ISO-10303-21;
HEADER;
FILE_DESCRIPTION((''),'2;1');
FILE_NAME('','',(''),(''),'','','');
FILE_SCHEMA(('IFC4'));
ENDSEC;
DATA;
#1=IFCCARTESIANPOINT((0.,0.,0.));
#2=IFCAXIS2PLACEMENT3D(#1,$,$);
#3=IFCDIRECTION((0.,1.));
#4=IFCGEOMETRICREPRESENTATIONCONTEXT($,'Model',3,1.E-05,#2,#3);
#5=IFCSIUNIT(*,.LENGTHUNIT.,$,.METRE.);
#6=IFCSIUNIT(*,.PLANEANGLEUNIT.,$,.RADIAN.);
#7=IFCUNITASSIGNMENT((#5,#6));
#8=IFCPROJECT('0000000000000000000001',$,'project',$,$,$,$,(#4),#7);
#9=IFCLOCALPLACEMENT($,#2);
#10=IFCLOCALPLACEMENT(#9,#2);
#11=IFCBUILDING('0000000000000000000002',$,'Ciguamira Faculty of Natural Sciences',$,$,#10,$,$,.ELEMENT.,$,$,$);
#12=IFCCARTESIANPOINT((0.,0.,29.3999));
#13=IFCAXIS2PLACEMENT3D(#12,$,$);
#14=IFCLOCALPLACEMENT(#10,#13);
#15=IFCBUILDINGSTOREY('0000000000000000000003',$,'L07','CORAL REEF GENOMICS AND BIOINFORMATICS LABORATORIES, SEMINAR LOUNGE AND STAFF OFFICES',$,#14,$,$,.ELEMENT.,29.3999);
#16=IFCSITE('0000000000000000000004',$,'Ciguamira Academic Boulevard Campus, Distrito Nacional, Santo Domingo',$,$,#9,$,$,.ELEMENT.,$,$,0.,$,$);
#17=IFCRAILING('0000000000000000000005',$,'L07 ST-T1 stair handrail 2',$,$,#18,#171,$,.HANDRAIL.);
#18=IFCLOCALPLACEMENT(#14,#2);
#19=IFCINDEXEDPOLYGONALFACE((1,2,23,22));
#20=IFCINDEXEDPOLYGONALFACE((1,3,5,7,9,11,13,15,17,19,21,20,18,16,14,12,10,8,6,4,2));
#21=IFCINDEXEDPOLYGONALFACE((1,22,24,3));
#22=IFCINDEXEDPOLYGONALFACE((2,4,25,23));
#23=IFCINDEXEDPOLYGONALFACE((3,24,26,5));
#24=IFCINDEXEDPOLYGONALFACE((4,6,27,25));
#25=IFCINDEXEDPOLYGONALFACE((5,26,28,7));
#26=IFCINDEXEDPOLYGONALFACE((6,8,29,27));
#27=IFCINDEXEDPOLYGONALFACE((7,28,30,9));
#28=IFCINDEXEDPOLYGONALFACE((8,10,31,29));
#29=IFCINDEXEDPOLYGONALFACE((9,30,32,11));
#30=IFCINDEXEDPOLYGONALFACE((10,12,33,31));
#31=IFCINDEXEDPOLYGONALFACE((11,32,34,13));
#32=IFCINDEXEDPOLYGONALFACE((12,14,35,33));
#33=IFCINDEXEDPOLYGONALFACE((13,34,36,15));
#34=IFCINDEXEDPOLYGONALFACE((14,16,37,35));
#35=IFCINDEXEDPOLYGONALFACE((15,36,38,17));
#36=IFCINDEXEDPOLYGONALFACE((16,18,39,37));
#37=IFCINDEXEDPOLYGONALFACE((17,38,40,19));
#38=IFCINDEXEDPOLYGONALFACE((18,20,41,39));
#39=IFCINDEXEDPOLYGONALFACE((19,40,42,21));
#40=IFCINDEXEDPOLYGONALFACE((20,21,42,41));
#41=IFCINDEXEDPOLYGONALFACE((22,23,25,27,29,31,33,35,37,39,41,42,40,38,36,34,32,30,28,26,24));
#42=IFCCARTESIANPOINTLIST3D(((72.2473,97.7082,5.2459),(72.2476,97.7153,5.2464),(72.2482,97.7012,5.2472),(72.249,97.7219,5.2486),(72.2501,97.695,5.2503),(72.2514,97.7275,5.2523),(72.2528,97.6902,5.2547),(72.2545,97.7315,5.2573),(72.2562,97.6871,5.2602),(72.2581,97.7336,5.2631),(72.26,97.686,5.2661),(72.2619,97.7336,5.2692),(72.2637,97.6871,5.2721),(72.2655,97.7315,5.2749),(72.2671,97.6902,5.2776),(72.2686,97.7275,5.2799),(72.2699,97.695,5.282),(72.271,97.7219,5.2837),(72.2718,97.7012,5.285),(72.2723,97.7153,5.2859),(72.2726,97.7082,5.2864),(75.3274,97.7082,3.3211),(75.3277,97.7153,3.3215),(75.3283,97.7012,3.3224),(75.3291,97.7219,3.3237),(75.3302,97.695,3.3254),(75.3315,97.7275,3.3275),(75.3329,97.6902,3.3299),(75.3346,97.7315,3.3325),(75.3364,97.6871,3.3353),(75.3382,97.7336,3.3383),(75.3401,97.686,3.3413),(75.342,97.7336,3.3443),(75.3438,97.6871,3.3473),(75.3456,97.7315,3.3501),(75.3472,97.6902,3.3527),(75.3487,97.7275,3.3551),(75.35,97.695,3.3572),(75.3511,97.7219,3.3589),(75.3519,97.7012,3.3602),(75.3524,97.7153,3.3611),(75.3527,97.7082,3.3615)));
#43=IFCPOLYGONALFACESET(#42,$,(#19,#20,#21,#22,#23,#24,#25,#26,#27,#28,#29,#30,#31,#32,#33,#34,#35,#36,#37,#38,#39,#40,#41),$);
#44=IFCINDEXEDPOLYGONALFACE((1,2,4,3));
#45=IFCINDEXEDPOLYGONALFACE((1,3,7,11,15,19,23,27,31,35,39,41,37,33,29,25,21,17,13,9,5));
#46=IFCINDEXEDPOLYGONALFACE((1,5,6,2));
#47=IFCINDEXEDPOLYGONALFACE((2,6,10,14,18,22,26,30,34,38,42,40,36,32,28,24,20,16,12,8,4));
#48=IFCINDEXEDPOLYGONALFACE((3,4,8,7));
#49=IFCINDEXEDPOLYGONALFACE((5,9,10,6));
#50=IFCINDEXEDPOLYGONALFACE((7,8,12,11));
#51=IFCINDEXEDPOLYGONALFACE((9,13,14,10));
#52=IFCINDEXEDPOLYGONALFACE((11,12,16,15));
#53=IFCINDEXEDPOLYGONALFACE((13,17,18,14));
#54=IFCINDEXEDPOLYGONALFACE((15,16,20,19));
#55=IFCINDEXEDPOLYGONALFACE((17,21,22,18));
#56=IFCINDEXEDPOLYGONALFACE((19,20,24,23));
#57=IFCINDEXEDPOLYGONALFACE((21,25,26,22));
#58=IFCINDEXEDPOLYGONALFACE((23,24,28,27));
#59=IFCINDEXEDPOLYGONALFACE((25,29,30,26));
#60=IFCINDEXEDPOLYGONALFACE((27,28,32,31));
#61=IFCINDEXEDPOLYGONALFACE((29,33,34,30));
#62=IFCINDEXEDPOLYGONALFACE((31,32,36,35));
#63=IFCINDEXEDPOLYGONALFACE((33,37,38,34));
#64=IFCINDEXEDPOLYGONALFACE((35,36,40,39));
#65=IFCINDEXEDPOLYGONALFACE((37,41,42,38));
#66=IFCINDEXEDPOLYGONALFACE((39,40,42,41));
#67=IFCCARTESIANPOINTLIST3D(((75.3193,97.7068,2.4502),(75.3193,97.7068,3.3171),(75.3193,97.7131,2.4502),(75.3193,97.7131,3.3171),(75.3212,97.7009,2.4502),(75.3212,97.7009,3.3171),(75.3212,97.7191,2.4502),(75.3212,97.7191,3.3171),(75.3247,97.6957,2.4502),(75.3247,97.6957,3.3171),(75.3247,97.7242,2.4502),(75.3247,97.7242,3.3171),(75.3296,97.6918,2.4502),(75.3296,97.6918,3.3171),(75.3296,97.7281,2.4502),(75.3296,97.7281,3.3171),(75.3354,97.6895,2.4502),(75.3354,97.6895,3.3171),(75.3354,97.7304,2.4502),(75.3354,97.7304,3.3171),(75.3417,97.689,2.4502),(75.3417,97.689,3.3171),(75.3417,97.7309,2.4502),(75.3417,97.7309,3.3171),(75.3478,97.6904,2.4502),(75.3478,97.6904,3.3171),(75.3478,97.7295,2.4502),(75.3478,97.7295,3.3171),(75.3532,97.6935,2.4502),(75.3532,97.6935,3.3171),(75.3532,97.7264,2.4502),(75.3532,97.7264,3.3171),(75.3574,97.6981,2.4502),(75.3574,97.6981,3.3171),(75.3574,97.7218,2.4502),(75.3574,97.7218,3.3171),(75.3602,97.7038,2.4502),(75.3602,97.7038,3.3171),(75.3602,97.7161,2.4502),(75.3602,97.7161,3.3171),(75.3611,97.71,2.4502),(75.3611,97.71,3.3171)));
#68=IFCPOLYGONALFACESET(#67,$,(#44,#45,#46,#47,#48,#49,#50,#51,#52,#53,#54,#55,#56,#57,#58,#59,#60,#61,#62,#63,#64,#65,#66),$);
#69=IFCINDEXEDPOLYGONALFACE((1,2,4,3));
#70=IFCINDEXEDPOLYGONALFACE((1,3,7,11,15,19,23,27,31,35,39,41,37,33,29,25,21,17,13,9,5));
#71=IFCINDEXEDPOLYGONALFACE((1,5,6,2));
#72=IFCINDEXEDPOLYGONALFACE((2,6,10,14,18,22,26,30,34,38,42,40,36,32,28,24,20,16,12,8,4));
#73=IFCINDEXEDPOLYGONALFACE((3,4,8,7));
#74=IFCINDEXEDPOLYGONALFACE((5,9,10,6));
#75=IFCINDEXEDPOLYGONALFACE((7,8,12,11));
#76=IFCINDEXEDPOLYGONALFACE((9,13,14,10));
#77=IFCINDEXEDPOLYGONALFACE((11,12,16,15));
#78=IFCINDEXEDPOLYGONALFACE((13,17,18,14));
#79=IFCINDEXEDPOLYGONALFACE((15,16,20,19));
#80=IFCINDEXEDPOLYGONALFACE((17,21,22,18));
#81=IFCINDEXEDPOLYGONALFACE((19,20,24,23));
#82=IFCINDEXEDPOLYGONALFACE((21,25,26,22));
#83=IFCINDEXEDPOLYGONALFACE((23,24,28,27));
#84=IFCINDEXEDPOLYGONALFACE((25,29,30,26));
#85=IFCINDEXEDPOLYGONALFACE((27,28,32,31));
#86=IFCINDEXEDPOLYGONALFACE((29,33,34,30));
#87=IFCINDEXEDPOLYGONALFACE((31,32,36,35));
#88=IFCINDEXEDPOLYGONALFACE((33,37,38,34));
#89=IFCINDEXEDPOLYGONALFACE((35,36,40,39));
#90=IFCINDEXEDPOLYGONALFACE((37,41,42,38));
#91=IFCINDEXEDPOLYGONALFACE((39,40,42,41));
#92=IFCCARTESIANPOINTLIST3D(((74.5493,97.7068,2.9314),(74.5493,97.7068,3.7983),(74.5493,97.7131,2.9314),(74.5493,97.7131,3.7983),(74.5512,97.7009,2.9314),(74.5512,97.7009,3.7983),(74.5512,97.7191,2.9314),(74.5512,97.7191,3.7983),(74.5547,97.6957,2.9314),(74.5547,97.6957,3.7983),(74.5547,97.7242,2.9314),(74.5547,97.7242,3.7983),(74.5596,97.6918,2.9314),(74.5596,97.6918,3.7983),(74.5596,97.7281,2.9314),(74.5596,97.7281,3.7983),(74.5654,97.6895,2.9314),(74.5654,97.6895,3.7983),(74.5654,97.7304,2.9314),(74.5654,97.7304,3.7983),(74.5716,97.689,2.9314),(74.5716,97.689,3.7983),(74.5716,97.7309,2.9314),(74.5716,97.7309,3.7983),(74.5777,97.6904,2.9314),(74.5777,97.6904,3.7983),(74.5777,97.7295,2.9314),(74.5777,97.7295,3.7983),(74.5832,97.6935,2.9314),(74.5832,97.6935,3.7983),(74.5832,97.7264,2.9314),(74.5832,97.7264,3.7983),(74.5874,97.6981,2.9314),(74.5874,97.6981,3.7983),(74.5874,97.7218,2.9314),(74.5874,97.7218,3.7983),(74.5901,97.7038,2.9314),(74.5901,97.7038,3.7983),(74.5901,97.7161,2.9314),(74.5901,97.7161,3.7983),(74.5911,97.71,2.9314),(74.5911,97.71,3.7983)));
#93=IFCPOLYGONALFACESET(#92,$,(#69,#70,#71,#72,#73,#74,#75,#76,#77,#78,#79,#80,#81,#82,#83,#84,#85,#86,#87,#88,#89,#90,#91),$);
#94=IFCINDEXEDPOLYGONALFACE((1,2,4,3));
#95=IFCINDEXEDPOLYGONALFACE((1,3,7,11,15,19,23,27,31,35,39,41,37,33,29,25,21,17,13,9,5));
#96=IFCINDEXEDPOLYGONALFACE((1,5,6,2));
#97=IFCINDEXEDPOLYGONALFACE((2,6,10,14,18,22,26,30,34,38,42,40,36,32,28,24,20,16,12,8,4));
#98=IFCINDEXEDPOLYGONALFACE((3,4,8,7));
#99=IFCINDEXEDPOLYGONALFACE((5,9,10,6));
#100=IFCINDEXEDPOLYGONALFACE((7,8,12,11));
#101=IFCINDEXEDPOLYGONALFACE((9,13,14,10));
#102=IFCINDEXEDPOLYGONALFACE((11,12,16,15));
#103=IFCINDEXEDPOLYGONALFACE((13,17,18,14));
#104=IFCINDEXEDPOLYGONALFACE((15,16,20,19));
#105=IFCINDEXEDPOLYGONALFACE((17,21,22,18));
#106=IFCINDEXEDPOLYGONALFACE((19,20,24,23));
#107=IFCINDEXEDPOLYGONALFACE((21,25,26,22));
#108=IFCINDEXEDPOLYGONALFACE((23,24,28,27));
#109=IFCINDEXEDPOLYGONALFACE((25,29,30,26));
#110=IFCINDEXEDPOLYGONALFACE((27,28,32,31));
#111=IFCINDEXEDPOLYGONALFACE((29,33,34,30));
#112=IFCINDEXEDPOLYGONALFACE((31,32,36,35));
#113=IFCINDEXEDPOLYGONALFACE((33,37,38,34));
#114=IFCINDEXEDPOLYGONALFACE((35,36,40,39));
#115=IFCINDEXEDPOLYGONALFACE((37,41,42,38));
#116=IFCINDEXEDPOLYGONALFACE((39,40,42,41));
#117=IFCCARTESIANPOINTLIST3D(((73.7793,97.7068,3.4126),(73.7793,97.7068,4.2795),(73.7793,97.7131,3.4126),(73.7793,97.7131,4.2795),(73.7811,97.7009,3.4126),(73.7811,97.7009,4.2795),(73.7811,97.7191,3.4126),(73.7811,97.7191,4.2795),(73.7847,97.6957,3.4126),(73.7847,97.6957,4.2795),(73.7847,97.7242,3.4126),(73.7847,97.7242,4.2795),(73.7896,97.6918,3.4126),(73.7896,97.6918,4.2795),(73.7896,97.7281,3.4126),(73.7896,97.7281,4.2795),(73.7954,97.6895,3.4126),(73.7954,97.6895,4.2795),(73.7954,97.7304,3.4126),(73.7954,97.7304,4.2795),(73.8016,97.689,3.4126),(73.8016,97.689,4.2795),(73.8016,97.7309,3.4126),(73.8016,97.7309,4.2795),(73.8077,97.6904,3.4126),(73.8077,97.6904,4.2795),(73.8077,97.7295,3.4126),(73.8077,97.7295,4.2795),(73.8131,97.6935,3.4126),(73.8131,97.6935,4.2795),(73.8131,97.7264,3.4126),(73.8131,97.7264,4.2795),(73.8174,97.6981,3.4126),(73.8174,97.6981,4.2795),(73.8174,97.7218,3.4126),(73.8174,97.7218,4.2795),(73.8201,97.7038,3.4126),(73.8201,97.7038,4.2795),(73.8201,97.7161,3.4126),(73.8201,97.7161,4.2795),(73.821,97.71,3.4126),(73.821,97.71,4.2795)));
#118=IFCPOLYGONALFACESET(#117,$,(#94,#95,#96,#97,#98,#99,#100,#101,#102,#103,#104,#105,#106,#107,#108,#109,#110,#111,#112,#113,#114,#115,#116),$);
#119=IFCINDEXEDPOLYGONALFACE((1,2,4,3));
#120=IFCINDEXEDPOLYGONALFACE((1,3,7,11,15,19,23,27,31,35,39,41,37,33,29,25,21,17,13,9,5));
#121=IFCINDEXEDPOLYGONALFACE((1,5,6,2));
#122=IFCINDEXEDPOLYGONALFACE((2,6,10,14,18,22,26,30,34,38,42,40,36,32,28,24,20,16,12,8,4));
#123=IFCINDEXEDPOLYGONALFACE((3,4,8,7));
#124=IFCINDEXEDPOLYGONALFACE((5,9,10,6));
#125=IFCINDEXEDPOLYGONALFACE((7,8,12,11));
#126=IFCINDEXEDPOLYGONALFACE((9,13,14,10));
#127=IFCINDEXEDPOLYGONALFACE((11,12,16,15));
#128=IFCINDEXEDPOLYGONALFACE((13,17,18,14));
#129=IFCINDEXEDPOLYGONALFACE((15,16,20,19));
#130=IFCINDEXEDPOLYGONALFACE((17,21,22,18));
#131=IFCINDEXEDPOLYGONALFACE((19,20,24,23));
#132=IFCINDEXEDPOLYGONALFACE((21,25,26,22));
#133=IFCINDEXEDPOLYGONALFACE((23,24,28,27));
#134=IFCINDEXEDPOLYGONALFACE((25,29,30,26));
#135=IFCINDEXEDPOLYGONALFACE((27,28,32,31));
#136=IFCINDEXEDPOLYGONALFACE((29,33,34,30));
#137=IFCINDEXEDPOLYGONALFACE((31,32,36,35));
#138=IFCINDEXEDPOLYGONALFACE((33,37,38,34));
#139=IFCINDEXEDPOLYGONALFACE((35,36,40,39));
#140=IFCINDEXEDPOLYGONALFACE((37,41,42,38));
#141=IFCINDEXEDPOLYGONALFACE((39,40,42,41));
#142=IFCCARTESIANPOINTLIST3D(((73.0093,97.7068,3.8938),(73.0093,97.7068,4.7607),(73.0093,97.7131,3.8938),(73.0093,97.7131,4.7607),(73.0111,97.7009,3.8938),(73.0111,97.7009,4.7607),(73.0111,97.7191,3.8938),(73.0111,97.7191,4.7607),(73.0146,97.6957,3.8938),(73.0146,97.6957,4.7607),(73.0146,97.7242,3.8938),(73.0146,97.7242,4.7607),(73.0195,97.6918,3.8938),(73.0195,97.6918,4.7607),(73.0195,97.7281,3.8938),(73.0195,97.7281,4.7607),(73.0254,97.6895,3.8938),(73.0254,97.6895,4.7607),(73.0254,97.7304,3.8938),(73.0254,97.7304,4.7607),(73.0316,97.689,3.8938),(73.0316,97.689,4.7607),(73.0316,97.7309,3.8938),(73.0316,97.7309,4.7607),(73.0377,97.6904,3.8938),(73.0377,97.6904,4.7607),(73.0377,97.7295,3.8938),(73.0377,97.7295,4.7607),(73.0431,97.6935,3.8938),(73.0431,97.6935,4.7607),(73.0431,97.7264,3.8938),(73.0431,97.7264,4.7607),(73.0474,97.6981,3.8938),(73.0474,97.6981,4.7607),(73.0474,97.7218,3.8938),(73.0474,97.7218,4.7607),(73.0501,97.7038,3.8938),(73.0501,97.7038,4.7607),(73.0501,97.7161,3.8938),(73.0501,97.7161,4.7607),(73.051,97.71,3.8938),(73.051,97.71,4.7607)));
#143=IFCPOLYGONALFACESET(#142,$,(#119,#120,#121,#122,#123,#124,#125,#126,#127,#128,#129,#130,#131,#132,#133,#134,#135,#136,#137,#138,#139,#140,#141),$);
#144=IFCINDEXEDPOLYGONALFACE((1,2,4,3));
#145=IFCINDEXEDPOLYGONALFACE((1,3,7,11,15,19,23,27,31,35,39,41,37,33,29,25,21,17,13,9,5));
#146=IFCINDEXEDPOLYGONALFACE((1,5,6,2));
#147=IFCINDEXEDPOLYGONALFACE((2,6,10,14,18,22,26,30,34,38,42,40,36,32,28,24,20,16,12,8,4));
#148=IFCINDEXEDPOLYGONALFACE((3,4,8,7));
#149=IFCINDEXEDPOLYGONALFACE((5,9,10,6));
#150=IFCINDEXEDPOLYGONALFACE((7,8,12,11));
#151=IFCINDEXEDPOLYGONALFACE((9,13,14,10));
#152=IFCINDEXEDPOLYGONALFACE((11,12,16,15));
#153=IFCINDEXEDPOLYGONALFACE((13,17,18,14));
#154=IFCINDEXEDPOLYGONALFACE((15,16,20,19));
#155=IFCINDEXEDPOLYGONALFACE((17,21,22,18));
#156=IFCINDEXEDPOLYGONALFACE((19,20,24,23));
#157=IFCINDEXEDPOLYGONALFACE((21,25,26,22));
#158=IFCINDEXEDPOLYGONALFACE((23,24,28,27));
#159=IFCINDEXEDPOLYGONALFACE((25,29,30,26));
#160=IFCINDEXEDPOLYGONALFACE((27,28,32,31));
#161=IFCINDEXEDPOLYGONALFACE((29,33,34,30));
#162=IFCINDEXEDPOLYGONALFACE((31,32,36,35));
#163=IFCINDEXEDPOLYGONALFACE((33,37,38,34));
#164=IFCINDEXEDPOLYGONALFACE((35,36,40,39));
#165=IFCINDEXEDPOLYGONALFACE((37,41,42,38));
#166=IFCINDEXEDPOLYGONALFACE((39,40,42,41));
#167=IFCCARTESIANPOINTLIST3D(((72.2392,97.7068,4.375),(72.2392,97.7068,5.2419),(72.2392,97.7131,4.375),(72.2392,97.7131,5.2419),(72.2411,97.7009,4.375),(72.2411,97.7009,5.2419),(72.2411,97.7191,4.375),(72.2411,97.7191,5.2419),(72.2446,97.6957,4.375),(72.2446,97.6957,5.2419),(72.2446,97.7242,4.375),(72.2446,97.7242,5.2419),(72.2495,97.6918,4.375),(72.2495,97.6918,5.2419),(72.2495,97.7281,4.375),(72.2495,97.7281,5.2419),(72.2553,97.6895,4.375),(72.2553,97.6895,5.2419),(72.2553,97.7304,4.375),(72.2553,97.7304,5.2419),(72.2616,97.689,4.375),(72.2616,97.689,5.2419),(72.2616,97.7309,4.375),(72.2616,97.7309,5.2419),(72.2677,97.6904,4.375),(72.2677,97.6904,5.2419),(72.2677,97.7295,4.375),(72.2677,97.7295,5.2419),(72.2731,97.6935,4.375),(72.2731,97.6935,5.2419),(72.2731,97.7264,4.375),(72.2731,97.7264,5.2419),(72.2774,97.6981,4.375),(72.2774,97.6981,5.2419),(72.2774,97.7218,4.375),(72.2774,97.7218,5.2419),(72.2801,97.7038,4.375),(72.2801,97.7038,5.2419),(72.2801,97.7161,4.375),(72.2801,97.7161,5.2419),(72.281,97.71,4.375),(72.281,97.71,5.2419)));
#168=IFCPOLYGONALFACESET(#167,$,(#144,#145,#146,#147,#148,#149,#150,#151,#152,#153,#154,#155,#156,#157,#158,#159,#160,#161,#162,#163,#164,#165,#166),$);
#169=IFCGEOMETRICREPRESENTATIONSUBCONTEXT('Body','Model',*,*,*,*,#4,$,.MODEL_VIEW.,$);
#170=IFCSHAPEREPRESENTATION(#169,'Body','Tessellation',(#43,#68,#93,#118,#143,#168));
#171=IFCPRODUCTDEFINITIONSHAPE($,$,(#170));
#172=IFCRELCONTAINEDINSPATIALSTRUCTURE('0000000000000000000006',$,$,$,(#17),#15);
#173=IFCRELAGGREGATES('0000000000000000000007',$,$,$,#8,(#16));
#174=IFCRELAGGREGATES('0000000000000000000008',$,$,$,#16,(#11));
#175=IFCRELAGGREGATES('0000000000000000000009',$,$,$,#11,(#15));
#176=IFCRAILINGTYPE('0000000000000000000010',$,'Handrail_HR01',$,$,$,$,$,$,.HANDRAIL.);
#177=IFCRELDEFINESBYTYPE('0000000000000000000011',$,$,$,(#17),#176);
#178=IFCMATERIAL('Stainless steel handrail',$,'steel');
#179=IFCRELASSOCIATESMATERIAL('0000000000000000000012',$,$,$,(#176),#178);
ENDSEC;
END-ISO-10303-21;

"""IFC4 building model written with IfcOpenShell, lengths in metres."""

from ifc_helpers import new_model, si_unit, direction, frame, origin, origin_2d, place, context, subcontext, project, spatial, circle, extrude, material, type_object, element, save


model = new_model("IFC4")

# Units and contexts
model_context = context("Model", 3, precision=1e-05, world=origin(), true_north=direction((0.0, 1.0)))
body_context = subcontext(model_context, "Body", "Model", "MODEL_VIEW")
ifc_project = project(units=[si_unit("LENGTHUNIT", "METRE"), si_unit("PLANEANGLEUNIT", "RADIAN")], contexts=[model_context])

# Site, building, storey
site_placement = place(None, origin())
site = spatial("IfcSite", under=ifc_project, at=site_placement, Name="Ciguamira Academic Boulevard Campus, Distrito Nacional, Santo Domingo", CompositionType="ELEMENT", RefElevation=0.0)
building_placement = place(site_placement, origin())
building = spatial("IfcBuilding", under=site, at=building_placement, Name="Ciguamira Faculty of Natural Sciences", CompositionType="ELEMENT")
storey_placement = place(building_placement, frame((0.0, 0.0, 29.3999)))
storey = spatial("IfcBuildingStorey", under=building, at=storey_placement, Name="L07", Description="CORAL REEF GENOMICS AND BIOINFORMATICS LABORATORIES, SEMINAR LOUNGE AND STAFF OFFICES", CompositionType="ELEMENT", Elevation=29.3999)

# Railing
ifc_material_1 = material(Name="Stainless steel handrail", Category="steel")
railing_type_1 = type_object("IfcRailingType", Name="Handrail_HR01", PredefinedType="HANDRAIL", material=ifc_material_1)
railing_1_placement = place(storey_placement, frame((75.3401, 97.71, 2.4502)))
element("IfcRailing", 1, at=railing_1_placement, inside=storey, type_object=railing_type_1, Name="L07 ST-T1 stair handrail 2", PredefinedType="HANDRAIL", context=body_context, shape_type="SweptSolid", body=[
    extrude(circle(Radius=0.0239, at=origin_2d()), frame((0.0, 0.0, 0.8911), z_axis=(-0.848029, 0.0, 0.529951), x_axis=(0.0, -1.0, 0.0)), (0.0, 0.0, 1.0), 3.6321),
    extrude(circle(Radius=0.021, at=origin_2d()), origin(), (0.0, 0.0, 1.0), 0.8669),
    extrude(circle(Radius=0.021, at=origin_2d()), frame((-0.77, 0.0, 0.4812)), (0.0, 0.0, 1.0), 0.8669),
    extrude(circle(Radius=0.021, at=origin_2d()), frame((-1.54, 0.0, 0.9624)), (0.0, 0.0, 1.0), 0.8669),
    extrude(circle(Radius=0.021, at=origin_2d()), frame((-2.3101, 0.0, 1.4436)), (0.0, 0.0, 1.0), 0.8669),
    extrude(circle(Radius=0.021, at=origin_2d()), frame((-3.0801, 0.0, 1.9248)), (0.0, 0.0, 1.0), 0.8669),
])

save(model, "model.ifc")
